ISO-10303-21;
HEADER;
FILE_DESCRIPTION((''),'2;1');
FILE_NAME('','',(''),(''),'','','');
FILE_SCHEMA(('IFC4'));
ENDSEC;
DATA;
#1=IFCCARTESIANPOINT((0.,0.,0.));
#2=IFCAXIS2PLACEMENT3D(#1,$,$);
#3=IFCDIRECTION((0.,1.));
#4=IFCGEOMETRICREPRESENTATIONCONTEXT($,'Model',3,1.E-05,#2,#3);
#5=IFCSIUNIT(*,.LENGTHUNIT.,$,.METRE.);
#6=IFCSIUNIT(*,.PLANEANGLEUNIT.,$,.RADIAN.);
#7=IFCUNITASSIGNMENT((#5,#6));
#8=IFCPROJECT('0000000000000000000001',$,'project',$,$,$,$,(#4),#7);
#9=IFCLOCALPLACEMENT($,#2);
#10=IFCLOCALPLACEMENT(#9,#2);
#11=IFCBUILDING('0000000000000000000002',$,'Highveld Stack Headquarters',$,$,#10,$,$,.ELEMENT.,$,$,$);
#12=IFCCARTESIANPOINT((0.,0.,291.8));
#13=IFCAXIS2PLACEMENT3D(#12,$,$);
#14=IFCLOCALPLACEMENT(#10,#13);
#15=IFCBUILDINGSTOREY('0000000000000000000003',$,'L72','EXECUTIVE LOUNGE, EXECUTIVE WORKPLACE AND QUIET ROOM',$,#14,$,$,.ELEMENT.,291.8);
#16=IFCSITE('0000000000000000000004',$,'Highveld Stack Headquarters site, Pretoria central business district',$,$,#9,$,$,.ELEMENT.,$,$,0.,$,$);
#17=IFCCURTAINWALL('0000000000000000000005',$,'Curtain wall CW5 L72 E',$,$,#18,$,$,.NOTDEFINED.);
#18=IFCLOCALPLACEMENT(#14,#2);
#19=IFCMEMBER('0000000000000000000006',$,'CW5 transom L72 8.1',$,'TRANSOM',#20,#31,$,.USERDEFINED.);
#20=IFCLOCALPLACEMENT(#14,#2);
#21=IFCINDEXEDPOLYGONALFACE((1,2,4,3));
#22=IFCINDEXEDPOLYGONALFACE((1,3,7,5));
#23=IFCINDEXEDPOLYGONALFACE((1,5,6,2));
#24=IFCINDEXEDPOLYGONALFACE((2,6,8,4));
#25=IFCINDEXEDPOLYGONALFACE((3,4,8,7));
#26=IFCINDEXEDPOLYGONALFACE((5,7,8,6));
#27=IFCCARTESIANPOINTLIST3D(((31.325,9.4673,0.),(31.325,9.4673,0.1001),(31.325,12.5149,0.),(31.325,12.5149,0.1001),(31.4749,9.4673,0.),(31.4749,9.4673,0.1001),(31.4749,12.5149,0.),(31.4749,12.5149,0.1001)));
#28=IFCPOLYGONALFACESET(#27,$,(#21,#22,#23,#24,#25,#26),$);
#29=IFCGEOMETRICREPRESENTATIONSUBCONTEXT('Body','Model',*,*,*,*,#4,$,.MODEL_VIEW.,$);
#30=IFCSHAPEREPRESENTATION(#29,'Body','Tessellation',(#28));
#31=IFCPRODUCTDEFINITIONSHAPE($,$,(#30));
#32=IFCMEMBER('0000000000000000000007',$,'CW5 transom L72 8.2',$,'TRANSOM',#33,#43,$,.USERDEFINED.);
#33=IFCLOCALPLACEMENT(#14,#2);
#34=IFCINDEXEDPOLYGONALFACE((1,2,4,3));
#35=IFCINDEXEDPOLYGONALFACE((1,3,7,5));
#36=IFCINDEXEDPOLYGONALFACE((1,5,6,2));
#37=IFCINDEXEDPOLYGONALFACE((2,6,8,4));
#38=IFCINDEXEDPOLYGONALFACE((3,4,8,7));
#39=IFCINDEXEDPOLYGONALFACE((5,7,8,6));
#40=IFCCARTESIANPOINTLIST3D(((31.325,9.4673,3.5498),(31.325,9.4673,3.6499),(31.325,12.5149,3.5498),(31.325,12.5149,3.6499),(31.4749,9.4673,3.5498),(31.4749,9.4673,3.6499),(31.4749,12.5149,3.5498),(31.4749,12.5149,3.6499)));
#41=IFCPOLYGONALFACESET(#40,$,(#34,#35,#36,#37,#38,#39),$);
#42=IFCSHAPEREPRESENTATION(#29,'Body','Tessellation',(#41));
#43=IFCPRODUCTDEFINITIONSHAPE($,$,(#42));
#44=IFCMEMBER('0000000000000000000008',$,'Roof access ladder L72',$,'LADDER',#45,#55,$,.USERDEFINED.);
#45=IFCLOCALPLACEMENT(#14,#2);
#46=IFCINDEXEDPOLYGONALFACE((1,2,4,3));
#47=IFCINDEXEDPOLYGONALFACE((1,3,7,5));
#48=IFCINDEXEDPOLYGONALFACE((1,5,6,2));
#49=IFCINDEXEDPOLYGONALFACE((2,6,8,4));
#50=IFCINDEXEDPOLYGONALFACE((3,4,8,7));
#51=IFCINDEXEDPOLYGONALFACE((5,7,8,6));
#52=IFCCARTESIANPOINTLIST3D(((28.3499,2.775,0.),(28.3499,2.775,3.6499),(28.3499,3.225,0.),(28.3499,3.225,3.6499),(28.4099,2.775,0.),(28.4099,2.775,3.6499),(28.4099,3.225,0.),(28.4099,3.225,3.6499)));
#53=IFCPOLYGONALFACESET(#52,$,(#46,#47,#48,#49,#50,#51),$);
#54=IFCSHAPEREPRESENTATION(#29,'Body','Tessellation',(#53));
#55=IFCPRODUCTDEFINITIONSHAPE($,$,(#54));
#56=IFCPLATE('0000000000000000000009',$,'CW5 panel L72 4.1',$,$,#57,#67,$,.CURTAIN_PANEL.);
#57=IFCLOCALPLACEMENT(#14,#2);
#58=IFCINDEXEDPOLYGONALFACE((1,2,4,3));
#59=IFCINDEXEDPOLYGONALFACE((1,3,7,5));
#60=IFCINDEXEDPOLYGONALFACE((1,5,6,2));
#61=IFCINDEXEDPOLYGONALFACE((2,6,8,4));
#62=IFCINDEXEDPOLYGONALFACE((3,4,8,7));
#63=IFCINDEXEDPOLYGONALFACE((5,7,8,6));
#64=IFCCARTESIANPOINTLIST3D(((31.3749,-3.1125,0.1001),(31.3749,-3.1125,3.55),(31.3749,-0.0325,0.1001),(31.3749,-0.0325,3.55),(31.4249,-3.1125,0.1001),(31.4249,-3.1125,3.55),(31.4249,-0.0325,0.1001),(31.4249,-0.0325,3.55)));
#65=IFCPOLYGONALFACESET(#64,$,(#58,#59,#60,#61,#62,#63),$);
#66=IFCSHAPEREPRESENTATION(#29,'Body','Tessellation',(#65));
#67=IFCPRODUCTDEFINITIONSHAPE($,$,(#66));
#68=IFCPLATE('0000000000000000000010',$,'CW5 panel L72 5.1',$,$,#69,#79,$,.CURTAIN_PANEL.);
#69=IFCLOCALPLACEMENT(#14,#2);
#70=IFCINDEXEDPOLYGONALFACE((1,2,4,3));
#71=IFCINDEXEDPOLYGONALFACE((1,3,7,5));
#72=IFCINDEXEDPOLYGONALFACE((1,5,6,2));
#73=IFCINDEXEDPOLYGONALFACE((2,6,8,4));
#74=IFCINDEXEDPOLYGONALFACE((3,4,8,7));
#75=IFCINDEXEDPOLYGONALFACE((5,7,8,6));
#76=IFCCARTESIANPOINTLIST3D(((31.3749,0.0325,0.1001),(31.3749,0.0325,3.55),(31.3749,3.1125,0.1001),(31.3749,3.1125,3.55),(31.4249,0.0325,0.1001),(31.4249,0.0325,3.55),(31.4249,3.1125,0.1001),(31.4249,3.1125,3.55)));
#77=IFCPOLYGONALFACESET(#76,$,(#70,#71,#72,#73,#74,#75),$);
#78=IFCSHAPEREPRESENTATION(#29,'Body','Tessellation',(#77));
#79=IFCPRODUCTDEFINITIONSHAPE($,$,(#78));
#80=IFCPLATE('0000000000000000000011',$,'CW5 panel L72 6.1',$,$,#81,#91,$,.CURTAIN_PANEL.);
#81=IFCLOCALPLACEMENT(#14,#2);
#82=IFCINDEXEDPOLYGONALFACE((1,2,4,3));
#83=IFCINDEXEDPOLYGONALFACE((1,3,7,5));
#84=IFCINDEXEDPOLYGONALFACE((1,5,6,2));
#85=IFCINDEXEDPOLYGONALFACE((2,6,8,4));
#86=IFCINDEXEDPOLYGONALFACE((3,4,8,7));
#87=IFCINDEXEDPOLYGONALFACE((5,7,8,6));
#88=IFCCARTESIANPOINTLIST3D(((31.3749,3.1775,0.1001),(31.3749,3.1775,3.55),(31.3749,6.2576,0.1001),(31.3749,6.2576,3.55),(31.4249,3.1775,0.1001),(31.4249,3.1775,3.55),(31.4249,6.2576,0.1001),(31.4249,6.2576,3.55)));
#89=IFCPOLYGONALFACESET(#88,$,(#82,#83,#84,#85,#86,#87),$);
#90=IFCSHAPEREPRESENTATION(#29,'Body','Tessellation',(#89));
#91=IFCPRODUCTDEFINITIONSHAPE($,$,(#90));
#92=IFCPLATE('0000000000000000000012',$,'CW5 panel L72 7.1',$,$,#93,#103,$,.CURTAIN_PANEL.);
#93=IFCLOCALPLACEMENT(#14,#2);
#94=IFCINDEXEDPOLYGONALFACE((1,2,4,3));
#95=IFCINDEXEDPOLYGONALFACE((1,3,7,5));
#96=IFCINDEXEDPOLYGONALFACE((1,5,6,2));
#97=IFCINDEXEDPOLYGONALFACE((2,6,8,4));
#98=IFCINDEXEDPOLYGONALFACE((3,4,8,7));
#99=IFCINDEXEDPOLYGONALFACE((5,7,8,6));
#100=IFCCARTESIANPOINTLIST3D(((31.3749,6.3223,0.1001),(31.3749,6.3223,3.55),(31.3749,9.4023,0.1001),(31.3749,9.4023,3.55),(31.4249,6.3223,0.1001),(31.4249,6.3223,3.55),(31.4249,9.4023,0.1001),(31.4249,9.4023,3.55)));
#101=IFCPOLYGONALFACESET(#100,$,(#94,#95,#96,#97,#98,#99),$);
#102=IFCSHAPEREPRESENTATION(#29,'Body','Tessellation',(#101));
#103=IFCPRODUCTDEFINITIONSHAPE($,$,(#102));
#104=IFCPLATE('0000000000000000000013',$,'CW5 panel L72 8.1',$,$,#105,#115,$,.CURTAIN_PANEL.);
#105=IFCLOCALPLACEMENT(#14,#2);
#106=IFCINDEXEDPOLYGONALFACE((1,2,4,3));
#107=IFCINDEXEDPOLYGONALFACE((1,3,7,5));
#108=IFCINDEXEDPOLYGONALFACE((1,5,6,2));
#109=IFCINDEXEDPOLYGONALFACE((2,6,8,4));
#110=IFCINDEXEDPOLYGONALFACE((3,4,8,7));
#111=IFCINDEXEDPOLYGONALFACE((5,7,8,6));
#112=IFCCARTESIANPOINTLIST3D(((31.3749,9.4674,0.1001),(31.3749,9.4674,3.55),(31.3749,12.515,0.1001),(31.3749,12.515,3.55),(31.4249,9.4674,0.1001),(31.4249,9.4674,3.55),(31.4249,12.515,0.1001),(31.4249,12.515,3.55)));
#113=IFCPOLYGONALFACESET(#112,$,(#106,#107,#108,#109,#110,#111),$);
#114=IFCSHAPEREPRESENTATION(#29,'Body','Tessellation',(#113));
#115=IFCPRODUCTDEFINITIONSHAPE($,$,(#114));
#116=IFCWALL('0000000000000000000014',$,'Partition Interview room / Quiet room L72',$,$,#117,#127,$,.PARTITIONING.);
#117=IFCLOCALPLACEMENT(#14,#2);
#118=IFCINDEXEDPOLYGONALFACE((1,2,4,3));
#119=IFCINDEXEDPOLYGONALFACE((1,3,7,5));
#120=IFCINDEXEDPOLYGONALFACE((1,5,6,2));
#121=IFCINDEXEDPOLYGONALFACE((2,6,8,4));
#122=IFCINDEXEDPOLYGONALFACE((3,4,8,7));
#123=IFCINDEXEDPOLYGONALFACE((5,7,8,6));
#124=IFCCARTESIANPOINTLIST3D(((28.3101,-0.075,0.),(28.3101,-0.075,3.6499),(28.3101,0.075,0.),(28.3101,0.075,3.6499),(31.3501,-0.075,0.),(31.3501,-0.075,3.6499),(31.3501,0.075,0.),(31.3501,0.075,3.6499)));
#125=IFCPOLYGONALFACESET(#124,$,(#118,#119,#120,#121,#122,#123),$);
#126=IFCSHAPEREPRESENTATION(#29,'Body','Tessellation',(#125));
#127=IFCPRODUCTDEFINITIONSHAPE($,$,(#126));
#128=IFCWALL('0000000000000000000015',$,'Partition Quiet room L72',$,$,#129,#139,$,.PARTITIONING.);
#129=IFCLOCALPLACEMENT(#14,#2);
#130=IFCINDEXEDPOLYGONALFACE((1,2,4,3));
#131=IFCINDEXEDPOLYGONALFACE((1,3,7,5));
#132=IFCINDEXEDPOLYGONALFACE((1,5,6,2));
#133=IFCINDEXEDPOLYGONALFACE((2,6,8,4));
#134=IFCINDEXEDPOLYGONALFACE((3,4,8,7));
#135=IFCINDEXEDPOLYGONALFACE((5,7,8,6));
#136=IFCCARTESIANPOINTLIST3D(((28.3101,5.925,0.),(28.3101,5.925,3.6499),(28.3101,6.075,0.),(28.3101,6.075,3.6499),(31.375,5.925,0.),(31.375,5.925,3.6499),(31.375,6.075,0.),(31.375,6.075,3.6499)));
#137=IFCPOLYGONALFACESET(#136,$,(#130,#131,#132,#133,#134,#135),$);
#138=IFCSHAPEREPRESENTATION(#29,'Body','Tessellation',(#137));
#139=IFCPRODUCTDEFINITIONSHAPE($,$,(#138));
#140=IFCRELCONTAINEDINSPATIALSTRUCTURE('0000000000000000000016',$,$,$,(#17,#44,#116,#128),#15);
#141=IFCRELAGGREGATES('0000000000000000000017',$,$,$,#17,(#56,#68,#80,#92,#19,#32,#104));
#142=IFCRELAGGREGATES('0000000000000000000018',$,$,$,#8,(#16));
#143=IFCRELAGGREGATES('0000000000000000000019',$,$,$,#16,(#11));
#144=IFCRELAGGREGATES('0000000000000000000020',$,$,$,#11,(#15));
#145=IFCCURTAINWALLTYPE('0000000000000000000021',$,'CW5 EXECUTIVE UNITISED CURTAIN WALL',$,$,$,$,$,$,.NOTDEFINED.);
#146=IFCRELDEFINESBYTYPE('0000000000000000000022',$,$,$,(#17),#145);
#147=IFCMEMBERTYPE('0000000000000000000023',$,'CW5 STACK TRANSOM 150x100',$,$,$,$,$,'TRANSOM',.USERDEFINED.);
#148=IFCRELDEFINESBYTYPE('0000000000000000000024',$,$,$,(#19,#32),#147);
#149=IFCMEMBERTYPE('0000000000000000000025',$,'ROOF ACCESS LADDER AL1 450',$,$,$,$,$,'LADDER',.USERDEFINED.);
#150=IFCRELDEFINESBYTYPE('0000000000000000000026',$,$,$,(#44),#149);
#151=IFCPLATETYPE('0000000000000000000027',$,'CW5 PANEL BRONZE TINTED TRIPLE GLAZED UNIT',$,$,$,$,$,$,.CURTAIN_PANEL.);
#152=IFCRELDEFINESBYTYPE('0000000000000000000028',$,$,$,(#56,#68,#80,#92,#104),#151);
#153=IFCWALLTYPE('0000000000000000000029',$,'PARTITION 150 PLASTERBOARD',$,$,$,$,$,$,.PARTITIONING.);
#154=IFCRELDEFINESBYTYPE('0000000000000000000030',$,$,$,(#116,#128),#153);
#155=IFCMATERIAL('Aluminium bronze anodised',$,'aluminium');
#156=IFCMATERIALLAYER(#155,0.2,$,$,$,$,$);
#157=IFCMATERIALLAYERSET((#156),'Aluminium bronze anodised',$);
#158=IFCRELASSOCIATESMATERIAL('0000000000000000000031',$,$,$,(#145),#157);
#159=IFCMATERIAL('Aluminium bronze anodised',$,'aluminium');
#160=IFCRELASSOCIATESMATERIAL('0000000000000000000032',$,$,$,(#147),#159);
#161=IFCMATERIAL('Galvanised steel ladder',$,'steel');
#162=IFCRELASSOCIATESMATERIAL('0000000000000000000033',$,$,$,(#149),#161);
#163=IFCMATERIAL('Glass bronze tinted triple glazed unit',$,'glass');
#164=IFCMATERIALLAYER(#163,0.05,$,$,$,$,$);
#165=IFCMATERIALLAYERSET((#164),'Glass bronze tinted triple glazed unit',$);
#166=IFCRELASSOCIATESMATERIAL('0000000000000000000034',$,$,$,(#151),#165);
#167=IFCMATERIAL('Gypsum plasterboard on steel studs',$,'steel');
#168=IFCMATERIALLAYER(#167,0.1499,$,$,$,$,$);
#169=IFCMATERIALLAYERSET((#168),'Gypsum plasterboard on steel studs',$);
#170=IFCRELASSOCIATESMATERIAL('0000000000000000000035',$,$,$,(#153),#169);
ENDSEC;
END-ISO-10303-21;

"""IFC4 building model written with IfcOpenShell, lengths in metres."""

from ifc_helpers import new_model, si_unit, direction, frame, frame_2d, origin, origin_2d, place, context, subcontext, project, spatial, rectangle, extrude, material, layer, layer_set, material_profile, profile_set, type_object, element, aggregate, save


model = new_model("IFC4")

# Units and contexts
model_context = context("Model", 3, precision=1e-05, world=origin(), true_north=direction((0.0, 1.0)))
body_context = subcontext(model_context, "Body", "Model", "MODEL_VIEW")
ifc_project = project(units=[si_unit("LENGTHUNIT", "METRE"), si_unit("PLANEANGLEUNIT", "RADIAN")], contexts=[model_context])

# Site, building, storey
site_placement = place(None, origin())
site = spatial("IfcSite", under=ifc_project, at=site_placement, Name="Highveld Stack Headquarters site, Pretoria central business district", CompositionType="ELEMENT", RefElevation=0.0)
building_placement = place(site_placement, origin())
building = spatial("IfcBuilding", under=site, at=building_placement, Name="Highveld Stack Headquarters", CompositionType="ELEMENT")
storey_placement = place(building_placement, frame((0.0, 0.0, 291.8)))
storey = spatial("IfcBuildingStorey", under=building, at=storey_placement, Name="L72", Description="EXECUTIVE LOUNGE, EXECUTIVE WORKPLACE AND QUIET ROOM", CompositionType="ELEMENT", Elevation=291.8)

# Curtain wall, members
ifc_material_1 = material(Name="Aluminium bronze anodised", Category="aluminium")
ifc_layer_1 = layer(ifc_material_1, 0.2)
ifc_layer_set_1 = layer_set([ifc_layer_1], Name="Aluminium bronze anodised")
curtain_wall_type = type_object("IfcCurtainWallType", Name="CW5 EXECUTIVE UNITISED CURTAIN WALL", PredefinedType="NOTDEFINED", material=ifc_layer_set_1)
curtain_wall_placement = place(storey_placement, origin())
curtain_wall = element("IfcCurtainWall", 1, at=curtain_wall_placement, inside=storey, type_object=curtain_wall_type, Name="Curtain wall CW5 L72 E", PredefinedType="NOTDEFINED")
ifc_material_2 = material(Name="Aluminium bronze anodised", Category="aluminium")
ifc_material_profile_1 = material_profile(ifc_material_2, rectangle(XDim=0.1499, YDim=0.1001, at=origin_2d()), Name="CW5 TRANSOM 150x100")
ifc_profile_set_1 = profile_set([ifc_material_profile_1], Name="Aluminium bronze anodised")
member_type_1 = type_object("IfcMemberType", Name="CW5 STACK TRANSOM 150x100", ElementType="TRANSOM", PredefinedType="USERDEFINED", material=ifc_profile_set_1)
member_1_placement = place(storey_placement, frame((31.3999, 9.4673, 0.05), z_axis=(0.0, 1.0, 0.0), x_axis=(-1.0, 0.0, 0.0)))
member_1 = element("IfcMember", 2, at=member_1_placement, type_object=member_type_1, Name="CW5 transom L72 8.1", ObjectType="TRANSOM", PredefinedType="USERDEFINED", context=body_context, shape_type="SweptSolid", body=[
    extrude(rectangle(XDim=0.1499, YDim=0.1001, at=origin_2d()), origin(), (0.0, 0.0, 1.0), 3.0476),
])
member_2_placement = place(storey_placement, frame((31.3999, 9.4673, 3.5999), z_axis=(0.0, 1.0, 0.0), x_axis=(-1.0, 0.0, 0.0)))
member_2 = element("IfcMember", 3, at=member_2_placement, type_object=member_type_1, Name="CW5 transom L72 8.2", ObjectType="TRANSOM", PredefinedType="USERDEFINED", context=body_context, shape_type="SweptSolid", body=[
    extrude(rectangle(XDim=0.1499, YDim=0.1001, at=origin_2d()), origin(), (0.0, 0.0, 1.0), 3.0476),
])

# Member
ifc_material_3 = material(Name="Galvanised steel ladder", Category="steel")
ifc_material_profile_2 = material_profile(ifc_material_3, rectangle(XDim=0.45, YDim=0.0601, at=origin_2d()), Name="LADDER 450x60")
ifc_profile_set_2 = profile_set([ifc_material_profile_2], Name="Galvanised steel ladder")
member_type_2 = type_object("IfcMemberType", Name="ROOF ACCESS LADDER AL1 450", ElementType="LADDER", PredefinedType="USERDEFINED", material=ifc_profile_set_2)
member_3_placement = place(storey_placement, frame((28.3799, 3.0, 0.0), z_axis=(0.0, 0.0, 1.0), x_axis=(0.0, 1.0, 0.0)))
element("IfcMember", 4, at=member_3_placement, inside=storey, type_object=member_type_2, Name="Roof access ladder L72", ObjectType="LADDER", PredefinedType="USERDEFINED", context=body_context, shape_type="SweptSolid", body=[
    extrude(rectangle(XDim=0.45, YDim=0.0601, at=origin_2d()), origin(), (0.0, 0.0, 1.0), 3.6499),
])

# Plates
ifc_material_4 = material(Name="Glass bronze tinted triple glazed unit", Category="glass")
ifc_layer_2 = layer(ifc_material_4, 0.05)
ifc_layer_set_2 = layer_set([ifc_layer_2], Name="Glass bronze tinted triple glazed unit")
plate_type = type_object("IfcPlateType", Name="CW5 PANEL BRONZE TINTED TRIPLE GLAZED UNIT", PredefinedType="CURTAIN_PANEL", material=ifc_layer_set_2)
plate_1_placement = place(storey_placement, frame((31.3999, -1.5725, 0.1001), z_axis=(0.0, 0.0, 1.0), x_axis=(0.0, 1.0, 0.0)))
plate_1 = element("IfcPlate", 5, at=plate_1_placement, type_object=plate_type, Name="CW5 panel L72 4.1", PredefinedType="CURTAIN_PANEL", context=body_context, shape_type="SweptSolid", body=[
    extrude(rectangle(XDim=3.0801, YDim=0.05, at=origin_2d()), origin(), (0.0, 0.0, 1.0), 3.45),
])
plate_2_placement = place(storey_placement, frame((31.3999, 1.5725, 0.1001), z_axis=(0.0, 0.0, 1.0), x_axis=(0.0, 1.0, 0.0)))
plate_2 = element("IfcPlate", 6, at=plate_2_placement, type_object=plate_type, Name="CW5 panel L72 5.1", PredefinedType="CURTAIN_PANEL", context=body_context, shape_type="SweptSolid", body=[
    extrude(rectangle(XDim=3.0801, YDim=0.05, at=origin_2d()), origin(), (0.0, 0.0, 1.0), 3.45),
])
plate_3_placement = place(storey_placement, frame((31.3999, 4.7175, 0.1001), z_axis=(0.0, 0.0, 1.0), x_axis=(0.0, 1.0, 0.0)))
plate_3 = element("IfcPlate", 7, at=plate_3_placement, type_object=plate_type, Name="CW5 panel L72 6.1", PredefinedType="CURTAIN_PANEL", context=body_context, shape_type="SweptSolid", body=[
    extrude(rectangle(XDim=3.0801, YDim=0.05, at=origin_2d()), origin(), (0.0, 0.0, 1.0), 3.45),
])
plate_4_placement = place(storey_placement, frame((31.3999, 7.8623, 0.1001), z_axis=(0.0, 0.0, 1.0), x_axis=(0.0, 1.0, 0.0)))
plate_4 = element("IfcPlate", 8, at=plate_4_placement, type_object=plate_type, Name="CW5 panel L72 7.1", PredefinedType="CURTAIN_PANEL", context=body_context, shape_type="SweptSolid", body=[
    extrude(rectangle(XDim=3.0801, YDim=0.05, at=origin_2d()), origin(), (0.0, 0.0, 1.0), 3.45),
])
plate_5_placement = place(storey_placement, frame((31.3999, 10.9912, 0.1001), z_axis=(0.0, 0.0, 1.0), x_axis=(0.0, 1.0, 0.0)))
plate_5 = element("IfcPlate", 9, at=plate_5_placement, type_object=plate_type, Name="CW5 panel L72 8.1", PredefinedType="CURTAIN_PANEL", context=body_context, shape_type="SweptSolid", body=[
    extrude(rectangle(XDim=3.0476, YDim=0.05, at=origin_2d()), origin(), (0.0, 0.0, 1.0), 3.45),
])
aggregate(curtain_wall, [plate_1, plate_2, plate_3, plate_4, member_1, member_2, plate_5])

# Walls
ifc_material_5 = material(Name="Gypsum plasterboard on steel studs", Category="steel")
ifc_layer_3 = layer(ifc_material_5, 0.1499)
ifc_layer_set_3 = layer_set([ifc_layer_3], Name="Gypsum plasterboard on steel studs")
wall_type = type_object("IfcWallType", Name="PARTITION 150 PLASTERBOARD", PredefinedType="PARTITIONING", material=ifc_layer_set_3)
wall_1_placement = place(storey_placement, frame((28.3101, 0.0, 0.0), z_axis=(0.0, 0.0, 1.0), x_axis=(1.0, 0.0, 0.0)))
element("IfcWall", 10, at=wall_1_placement, inside=storey, type_object=wall_type, Name="Partition Interview room / Quiet room L72", PredefinedType="PARTITIONING", context=body_context, shape_type="SweptSolid", body=[
    extrude(rectangle(XDim=3.04, YDim=0.1499, at=frame_2d((1.52, 0.0))), origin(), (0.0, 0.0, 1.0), 3.6499),
])
wall_2_placement = place(storey_placement, frame((28.3101, 6.0, 0.0), z_axis=(0.0, 0.0, 1.0), x_axis=(1.0, 0.0, 0.0)))
element("IfcWall", 11, at=wall_2_placement, inside=storey, type_object=wall_type, Name="Partition Quiet room L72", PredefinedType="PARTITIONING", context=body_context, shape_type="SweptSolid", body=[
    extrude(rectangle(XDim=3.0649, YDim=0.1499, at=frame_2d((1.5325, 0.0))), origin(), (0.0, 0.0, 1.0), 3.6499),
])

save(model, "model.ifc")
